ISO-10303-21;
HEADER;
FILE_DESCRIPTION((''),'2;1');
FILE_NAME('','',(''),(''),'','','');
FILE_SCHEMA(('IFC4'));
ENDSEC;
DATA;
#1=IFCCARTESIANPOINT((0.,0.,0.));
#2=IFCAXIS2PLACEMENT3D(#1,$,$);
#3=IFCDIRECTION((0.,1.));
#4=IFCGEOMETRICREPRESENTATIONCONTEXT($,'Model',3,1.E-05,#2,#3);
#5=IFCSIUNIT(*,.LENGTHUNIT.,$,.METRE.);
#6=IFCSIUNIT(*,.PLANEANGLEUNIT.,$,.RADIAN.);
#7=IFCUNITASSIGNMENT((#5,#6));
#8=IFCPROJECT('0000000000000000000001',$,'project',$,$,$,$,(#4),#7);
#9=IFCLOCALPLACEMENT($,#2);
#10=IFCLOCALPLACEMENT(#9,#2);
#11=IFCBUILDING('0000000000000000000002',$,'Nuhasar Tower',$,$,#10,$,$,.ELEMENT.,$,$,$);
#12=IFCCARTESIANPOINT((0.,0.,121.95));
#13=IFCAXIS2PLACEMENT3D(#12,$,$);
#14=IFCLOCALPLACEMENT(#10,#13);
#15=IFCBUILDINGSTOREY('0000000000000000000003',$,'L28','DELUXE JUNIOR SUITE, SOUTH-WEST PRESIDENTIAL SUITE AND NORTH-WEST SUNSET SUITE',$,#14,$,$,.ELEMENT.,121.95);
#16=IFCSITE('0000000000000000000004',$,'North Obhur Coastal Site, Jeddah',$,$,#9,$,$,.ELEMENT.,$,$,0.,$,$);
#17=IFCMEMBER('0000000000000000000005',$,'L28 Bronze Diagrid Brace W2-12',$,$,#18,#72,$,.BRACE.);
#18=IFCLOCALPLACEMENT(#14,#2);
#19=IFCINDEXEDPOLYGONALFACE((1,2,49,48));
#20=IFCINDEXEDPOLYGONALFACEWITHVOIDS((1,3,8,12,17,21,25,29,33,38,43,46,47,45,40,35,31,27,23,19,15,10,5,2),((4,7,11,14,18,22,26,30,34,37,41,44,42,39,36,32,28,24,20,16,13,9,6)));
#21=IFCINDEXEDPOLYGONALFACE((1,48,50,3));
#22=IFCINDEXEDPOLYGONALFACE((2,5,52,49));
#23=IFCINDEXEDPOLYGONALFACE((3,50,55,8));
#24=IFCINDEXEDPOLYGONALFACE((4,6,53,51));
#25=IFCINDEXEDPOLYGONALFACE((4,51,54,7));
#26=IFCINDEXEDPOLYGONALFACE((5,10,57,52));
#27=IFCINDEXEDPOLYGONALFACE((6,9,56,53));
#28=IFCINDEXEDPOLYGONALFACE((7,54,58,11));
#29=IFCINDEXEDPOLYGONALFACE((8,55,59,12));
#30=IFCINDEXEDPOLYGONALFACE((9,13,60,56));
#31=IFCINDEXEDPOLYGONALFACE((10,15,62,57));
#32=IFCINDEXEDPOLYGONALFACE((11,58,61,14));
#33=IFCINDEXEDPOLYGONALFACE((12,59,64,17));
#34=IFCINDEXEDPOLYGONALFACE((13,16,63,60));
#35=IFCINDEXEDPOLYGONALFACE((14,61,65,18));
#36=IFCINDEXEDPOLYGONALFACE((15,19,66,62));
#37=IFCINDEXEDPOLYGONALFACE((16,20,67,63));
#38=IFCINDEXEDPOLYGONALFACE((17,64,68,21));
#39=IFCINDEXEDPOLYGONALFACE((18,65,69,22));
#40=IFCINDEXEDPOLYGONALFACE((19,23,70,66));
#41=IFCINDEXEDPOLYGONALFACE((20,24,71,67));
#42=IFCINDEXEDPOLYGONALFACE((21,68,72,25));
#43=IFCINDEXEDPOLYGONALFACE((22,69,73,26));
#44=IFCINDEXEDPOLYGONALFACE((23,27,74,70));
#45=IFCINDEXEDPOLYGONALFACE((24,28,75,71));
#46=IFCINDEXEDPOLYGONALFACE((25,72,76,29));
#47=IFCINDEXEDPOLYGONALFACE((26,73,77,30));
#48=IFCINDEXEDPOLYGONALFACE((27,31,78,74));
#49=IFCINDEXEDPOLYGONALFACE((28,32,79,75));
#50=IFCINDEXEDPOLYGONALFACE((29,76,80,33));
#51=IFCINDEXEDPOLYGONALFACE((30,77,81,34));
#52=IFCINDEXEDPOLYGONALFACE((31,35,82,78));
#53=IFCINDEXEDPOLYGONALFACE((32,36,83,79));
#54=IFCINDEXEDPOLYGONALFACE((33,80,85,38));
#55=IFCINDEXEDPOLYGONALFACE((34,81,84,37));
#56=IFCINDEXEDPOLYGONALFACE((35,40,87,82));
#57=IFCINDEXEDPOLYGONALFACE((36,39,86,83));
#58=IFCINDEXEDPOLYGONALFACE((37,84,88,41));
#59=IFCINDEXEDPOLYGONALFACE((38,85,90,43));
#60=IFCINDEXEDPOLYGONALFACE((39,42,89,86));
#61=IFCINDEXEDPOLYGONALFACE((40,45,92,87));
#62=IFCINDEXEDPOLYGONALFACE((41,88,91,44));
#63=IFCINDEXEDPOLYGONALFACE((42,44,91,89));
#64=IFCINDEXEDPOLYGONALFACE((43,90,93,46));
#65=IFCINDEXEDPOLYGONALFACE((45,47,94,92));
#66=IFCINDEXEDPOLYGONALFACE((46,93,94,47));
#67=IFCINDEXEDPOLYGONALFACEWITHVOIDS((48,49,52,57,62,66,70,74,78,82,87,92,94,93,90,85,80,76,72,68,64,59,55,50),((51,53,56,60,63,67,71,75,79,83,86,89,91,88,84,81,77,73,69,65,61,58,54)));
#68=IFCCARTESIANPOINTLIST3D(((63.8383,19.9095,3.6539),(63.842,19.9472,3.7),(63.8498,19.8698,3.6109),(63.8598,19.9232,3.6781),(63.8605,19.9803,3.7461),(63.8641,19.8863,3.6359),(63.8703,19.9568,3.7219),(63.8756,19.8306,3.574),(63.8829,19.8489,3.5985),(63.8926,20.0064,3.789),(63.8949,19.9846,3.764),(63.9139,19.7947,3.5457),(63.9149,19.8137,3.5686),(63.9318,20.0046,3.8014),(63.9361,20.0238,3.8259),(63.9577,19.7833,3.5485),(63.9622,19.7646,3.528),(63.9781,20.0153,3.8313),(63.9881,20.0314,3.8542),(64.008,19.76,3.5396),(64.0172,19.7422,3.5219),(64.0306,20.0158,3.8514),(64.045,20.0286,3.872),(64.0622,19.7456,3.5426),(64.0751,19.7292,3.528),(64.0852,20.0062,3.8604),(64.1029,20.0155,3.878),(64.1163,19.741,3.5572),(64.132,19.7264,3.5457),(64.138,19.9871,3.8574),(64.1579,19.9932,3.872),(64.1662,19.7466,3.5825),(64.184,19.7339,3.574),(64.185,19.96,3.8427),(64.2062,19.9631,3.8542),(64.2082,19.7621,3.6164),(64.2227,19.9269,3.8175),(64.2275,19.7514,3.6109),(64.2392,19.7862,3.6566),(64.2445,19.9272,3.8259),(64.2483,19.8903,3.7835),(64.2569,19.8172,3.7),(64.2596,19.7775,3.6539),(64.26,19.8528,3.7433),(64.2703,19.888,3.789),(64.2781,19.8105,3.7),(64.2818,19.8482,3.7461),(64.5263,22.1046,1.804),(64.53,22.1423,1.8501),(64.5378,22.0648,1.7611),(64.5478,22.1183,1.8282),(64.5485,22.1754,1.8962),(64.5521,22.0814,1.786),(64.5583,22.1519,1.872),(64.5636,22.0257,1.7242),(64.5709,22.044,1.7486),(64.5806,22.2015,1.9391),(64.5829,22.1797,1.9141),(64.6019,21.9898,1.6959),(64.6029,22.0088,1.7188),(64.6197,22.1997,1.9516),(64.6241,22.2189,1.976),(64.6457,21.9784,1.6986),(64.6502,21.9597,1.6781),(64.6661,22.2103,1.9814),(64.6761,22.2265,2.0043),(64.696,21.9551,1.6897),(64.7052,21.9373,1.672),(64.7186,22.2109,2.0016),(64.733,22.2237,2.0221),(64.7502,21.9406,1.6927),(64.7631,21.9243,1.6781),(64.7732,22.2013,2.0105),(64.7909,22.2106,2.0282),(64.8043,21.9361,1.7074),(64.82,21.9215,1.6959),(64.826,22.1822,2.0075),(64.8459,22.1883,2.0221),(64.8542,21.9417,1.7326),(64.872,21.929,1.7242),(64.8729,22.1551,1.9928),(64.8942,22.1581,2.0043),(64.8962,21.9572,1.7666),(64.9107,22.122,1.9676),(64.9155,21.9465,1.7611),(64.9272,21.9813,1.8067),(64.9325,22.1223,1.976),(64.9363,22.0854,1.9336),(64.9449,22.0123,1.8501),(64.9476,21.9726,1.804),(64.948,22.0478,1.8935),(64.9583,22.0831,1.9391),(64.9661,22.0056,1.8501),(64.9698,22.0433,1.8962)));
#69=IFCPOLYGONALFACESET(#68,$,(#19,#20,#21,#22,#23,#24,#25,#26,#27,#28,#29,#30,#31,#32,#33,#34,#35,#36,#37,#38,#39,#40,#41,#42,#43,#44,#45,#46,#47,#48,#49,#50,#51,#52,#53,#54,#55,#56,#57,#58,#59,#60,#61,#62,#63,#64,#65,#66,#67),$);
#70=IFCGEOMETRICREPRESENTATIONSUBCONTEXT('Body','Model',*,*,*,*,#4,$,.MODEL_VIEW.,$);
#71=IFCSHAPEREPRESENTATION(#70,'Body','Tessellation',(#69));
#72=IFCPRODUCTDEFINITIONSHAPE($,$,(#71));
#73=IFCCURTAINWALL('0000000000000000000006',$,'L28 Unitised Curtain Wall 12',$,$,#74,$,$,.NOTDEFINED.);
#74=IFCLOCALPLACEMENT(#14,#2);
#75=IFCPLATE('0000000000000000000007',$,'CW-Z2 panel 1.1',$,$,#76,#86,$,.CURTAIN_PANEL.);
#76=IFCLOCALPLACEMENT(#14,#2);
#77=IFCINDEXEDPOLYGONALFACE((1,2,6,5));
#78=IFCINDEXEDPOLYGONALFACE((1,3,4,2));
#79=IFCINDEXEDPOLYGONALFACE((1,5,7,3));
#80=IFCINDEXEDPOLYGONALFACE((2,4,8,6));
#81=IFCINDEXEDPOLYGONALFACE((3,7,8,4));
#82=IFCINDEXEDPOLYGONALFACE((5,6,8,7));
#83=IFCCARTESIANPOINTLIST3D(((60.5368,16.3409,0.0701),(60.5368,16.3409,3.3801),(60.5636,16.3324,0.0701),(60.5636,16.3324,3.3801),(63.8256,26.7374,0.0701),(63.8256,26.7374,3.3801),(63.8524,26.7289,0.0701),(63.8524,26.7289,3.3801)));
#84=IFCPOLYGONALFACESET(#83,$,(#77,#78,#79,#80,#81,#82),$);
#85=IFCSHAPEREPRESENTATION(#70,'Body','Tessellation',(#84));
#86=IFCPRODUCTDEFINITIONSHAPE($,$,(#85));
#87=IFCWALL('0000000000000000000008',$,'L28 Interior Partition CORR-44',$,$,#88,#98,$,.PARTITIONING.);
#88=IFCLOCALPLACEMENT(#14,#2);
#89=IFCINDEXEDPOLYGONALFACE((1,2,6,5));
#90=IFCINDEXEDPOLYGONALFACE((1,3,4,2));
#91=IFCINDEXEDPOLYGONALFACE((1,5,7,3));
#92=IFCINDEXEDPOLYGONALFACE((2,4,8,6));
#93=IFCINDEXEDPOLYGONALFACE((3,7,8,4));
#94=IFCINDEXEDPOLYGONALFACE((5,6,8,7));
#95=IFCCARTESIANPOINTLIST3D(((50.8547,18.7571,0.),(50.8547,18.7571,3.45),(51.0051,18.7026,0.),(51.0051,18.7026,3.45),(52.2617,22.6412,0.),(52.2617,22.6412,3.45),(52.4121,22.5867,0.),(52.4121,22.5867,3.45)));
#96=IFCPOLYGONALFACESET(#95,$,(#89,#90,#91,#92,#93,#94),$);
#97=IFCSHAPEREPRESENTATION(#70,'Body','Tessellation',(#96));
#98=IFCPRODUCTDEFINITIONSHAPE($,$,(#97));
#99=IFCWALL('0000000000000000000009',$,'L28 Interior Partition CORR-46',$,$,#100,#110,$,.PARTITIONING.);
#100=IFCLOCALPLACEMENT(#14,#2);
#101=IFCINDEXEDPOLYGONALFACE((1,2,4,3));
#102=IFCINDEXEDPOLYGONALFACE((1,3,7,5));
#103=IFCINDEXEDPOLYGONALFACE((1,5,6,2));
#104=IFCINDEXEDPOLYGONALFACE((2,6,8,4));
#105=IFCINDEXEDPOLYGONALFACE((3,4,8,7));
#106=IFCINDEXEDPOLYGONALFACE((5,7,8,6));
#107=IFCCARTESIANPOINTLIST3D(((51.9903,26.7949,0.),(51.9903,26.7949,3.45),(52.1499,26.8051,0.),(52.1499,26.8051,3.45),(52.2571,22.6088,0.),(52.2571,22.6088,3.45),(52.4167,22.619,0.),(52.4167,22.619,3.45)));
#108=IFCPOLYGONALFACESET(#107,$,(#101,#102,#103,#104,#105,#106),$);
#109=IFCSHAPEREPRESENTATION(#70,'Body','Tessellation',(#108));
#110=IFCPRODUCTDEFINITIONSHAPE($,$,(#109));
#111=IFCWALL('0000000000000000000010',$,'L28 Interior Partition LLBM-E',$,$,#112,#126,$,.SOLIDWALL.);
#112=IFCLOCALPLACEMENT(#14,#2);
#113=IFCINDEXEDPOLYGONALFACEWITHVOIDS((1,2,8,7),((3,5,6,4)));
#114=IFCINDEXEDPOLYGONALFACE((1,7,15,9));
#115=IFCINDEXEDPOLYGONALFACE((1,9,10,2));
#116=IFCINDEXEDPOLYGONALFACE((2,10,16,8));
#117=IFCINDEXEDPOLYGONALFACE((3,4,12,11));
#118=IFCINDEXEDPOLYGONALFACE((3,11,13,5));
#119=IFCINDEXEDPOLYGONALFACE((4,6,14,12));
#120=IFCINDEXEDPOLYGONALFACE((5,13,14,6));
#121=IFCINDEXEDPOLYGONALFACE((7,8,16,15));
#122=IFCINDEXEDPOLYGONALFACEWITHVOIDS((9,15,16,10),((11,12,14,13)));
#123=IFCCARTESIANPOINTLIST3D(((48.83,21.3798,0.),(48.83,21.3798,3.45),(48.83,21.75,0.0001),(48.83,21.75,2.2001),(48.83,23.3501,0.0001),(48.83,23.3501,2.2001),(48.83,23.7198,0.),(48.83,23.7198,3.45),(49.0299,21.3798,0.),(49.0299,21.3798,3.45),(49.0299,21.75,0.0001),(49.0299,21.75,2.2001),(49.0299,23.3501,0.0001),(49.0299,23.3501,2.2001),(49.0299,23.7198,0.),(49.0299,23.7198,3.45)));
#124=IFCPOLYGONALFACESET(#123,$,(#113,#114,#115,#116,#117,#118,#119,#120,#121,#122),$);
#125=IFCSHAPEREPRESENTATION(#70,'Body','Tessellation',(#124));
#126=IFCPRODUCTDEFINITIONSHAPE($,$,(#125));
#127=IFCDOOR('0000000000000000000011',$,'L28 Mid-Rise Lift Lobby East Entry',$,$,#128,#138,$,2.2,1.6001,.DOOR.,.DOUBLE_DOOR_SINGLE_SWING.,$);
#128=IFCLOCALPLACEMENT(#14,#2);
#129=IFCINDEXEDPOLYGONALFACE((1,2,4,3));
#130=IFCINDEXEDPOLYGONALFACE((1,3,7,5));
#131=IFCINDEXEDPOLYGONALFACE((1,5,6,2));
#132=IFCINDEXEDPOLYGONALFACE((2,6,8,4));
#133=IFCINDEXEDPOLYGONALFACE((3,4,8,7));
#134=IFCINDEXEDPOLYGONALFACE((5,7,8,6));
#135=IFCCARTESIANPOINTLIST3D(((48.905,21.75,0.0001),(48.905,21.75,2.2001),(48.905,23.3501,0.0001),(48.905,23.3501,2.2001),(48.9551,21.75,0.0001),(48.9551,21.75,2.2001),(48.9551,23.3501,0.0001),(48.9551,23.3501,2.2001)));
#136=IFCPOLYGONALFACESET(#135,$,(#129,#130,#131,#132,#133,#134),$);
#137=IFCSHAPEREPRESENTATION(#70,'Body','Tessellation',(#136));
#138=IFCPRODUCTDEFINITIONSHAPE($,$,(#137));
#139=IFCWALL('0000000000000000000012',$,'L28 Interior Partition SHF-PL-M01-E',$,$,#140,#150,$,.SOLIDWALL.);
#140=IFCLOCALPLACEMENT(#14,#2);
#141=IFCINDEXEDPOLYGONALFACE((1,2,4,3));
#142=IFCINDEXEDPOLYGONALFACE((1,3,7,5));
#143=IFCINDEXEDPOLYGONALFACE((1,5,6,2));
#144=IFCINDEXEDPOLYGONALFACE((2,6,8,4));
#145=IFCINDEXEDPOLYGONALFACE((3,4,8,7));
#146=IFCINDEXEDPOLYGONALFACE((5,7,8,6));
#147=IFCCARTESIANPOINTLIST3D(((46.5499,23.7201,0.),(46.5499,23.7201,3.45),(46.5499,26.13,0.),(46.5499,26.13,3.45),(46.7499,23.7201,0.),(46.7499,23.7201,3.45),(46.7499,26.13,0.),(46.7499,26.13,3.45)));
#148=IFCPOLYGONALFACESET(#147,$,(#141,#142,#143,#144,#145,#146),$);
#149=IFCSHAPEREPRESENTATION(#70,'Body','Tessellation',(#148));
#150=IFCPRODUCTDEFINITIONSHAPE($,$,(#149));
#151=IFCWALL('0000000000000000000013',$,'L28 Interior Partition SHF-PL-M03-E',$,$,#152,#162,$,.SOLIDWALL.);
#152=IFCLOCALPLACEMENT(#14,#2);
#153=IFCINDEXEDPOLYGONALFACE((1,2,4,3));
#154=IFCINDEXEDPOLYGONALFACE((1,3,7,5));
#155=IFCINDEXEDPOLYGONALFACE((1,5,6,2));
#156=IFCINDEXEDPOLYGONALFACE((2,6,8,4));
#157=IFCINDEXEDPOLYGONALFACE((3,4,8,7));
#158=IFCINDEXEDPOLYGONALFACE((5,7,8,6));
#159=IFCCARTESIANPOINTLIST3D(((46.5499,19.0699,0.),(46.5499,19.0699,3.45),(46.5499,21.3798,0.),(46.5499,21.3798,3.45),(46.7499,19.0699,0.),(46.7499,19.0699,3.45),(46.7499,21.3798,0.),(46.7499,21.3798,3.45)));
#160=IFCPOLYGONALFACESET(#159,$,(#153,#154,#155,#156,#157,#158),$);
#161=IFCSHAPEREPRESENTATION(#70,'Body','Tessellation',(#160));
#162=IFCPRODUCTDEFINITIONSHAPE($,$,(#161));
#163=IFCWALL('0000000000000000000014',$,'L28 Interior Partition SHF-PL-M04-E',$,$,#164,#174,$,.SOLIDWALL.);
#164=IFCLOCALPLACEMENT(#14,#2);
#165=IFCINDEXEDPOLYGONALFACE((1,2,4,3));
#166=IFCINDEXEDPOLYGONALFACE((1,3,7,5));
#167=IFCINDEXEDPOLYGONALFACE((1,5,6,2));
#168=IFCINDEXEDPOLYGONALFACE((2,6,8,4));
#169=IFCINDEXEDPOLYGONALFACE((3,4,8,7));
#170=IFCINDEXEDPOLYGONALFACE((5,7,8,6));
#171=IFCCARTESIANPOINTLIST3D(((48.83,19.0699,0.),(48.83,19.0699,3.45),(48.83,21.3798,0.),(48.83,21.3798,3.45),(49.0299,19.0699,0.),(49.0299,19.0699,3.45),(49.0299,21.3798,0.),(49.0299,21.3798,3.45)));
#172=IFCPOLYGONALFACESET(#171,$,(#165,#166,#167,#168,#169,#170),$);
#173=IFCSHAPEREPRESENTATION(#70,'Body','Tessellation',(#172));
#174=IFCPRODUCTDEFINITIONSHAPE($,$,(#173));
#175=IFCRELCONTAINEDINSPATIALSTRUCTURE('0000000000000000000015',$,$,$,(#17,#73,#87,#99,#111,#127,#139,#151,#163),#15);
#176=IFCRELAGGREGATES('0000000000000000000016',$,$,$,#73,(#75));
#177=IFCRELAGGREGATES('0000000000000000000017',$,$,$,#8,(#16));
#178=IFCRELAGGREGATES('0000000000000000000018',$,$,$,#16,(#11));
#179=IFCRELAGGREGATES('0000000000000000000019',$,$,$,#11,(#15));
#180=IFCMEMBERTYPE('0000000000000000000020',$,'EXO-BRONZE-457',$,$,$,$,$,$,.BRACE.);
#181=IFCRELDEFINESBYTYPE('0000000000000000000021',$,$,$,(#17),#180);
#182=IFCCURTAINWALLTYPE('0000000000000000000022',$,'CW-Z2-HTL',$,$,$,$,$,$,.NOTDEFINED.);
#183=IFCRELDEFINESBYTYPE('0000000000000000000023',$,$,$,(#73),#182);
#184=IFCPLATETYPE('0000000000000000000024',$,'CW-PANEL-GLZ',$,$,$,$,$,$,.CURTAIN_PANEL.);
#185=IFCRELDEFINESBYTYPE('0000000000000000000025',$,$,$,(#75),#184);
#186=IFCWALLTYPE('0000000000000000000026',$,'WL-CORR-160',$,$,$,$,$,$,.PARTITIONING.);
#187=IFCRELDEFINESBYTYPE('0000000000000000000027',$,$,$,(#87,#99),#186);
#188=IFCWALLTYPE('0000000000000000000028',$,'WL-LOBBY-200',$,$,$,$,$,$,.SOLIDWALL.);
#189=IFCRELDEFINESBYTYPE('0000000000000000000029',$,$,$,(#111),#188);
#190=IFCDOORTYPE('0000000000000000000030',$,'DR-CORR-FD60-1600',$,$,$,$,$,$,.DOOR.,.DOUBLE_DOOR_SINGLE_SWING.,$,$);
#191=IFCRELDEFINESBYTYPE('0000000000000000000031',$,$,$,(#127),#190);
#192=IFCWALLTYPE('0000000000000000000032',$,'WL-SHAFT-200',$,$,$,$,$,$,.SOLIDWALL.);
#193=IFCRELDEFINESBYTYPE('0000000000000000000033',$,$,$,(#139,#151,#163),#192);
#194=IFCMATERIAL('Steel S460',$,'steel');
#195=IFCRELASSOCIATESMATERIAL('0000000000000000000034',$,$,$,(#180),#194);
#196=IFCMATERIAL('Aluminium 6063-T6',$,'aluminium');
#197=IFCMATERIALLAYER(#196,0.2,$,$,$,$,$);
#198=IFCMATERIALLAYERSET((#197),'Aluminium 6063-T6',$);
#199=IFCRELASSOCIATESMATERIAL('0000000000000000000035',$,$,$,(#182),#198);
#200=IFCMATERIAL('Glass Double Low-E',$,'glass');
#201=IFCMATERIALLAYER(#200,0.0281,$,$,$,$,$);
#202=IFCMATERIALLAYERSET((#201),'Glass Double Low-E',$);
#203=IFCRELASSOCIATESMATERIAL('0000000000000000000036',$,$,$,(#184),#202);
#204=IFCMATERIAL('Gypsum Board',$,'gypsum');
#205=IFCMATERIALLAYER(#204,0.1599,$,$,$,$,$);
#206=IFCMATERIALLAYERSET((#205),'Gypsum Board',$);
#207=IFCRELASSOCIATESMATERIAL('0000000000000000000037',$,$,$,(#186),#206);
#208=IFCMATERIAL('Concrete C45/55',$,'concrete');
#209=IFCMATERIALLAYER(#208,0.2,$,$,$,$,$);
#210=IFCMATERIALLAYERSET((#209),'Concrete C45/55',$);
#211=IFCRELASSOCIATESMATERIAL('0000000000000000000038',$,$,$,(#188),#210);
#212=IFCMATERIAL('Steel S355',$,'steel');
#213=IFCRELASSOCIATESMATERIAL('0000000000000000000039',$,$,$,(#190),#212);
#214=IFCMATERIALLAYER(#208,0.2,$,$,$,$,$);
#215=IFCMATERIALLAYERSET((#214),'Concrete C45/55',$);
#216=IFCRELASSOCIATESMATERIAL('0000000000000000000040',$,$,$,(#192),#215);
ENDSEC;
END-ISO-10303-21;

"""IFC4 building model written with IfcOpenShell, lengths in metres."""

from ifc_helpers import new_model, si_unit, direction, frame, frame_2d, origin, origin_2d, place, context, subcontext, project, spatial, rectangle, hollow_circle, extrude, material, layer, layer_set, material_profile, profile_set, type_object, element, fill, aggregate, save


model = new_model("IFC4")

# Units and contexts
model_context = context("Model", 3, precision=1e-05, world=origin(), true_north=direction((0.0, 1.0)))
body_context = subcontext(model_context, "Body", "Model", "MODEL_VIEW")
ifc_project = project(units=[si_unit("LENGTHUNIT", "METRE"), si_unit("PLANEANGLEUNIT", "RADIAN")], contexts=[model_context])

# Site, building, storey
site_placement = place(None, origin())
site = spatial("IfcSite", under=ifc_project, at=site_placement, Name="North Obhur Coastal Site, Jeddah", CompositionType="ELEMENT", RefElevation=0.0)
building_placement = place(site_placement, origin())
building = spatial("IfcBuilding", under=site, at=building_placement, Name="Nuhasar Tower", CompositionType="ELEMENT")
storey_placement = place(building_placement, frame((0.0, 0.0, 121.95)))
storey = spatial("IfcBuildingStorey", under=building, at=storey_placement, Name="L28", Description="DELUXE JUNIOR SUITE, SOUTH-WEST PRESIDENTIAL SUITE AND NORTH-WEST SUNSET SUITE", CompositionType="ELEMENT", Elevation=121.95)

# Shared definitions
ifc_material_1 = material(Name="Steel S355", Category="steel")

# Member
ifc_material_2 = material(Name="Steel S460", Category="steel")
ifc_material_profile_1 = material_profile(ifc_material_2, hollow_circle(Radius=0.2285, WallThickness=0.0222, at=origin_2d()), Name="HSS457X22.2")
ifc_profile_set_1 = profile_set([ifc_material_profile_1], Name="Steel S460")
member_type = type_object("IfcMemberType", Name="EXO-BRONZE-457", PredefinedType="BRACE", material=ifc_profile_set_1)
member_1_placement = place(storey_placement, frame((64.748, 22.074, 1.8501), z_axis=(-0.233068, -0.743616, 0.626669), x_axis=(0.954228, -0.299079, 0.0)))
element("IfcMember", 1, at=member_1_placement, inside=storey, type_object=member_type, Name="L28 Bronze Diagrid Brace W2-12", PredefinedType="BRACE", context=body_context, shape_type="SweptSolid", body=[
    extrude(hollow_circle(Radius=0.2285, WallThickness=0.0222, at=origin_2d()), origin(), (0.0, 0.0, 1.0), 2.9519),
])

# Curtain wall, plate
ifc_material_3 = material(Name="Aluminium 6063-T6", Category="aluminium")
ifc_layer_1 = layer(ifc_material_3, 0.2)
ifc_layer_set_1 = layer_set([ifc_layer_1], Name="Aluminium 6063-T6")
curtain_wall_type = type_object("IfcCurtainWallType", Name="CW-Z2-HTL", PredefinedType="NOTDEFINED", material=ifc_layer_set_1)
curtain_wall_placement = place(storey_placement, origin())
curtain_wall = element("IfcCurtainWall", 2, at=curtain_wall_placement, inside=storey, type_object=curtain_wall_type, Name="L28 Unitised Curtain Wall 12", PredefinedType="NOTDEFINED")
ifc_material_4 = material(Name="Glass Double Low-E", Category="glass")
ifc_layer_2 = layer(ifc_material_4, 0.0281)
ifc_layer_set_2 = layer_set([ifc_layer_2], Name="Glass Double Low-E")
plate_type = type_object("IfcPlateType", Name="CW-PANEL-GLZ", PredefinedType="CURTAIN_PANEL", material=ifc_layer_set_2)
plate_placement = place(storey_placement, frame((62.1946, 21.5349, 0.0701), z_axis=(0.0, 0.0, 1.0), x_axis=(0.301604, 0.953433, 0.0)))
plate = element("IfcPlate", 3, at=plate_placement, type_object=plate_type, Name="CW-Z2 panel 1.1", PredefinedType="CURTAIN_PANEL", context=body_context, shape_type="SweptSolid", body=[
    extrude(rectangle(XDim=10.9043, YDim=0.0281, at=origin_2d()), origin(), (0.0, 0.0, 1.0), 3.3101),
])
aggregate(curtain_wall, [plate])

# Shared definitions
ifc_material_5 = material(Name="Gypsum Board", Category="gypsum")
ifc_layer_3 = layer(ifc_material_5, 0.1599)
ifc_layer_set_3 = layer_set([ifc_layer_3], Name="Gypsum Board")
wall_type_1 = type_object("IfcWallType", Name="WL-CORR-160", PredefinedType="PARTITIONING", material=ifc_layer_set_3)

# Walls
wall_1_placement = place(storey_placement, frame((50.9299, 18.73, 0.0), z_axis=(0.0, 0.0, 1.0), x_axis=(0.34059, 0.940212, 0.0)))
element("IfcWall", 4, at=wall_1_placement, inside=storey, type_object=wall_type_1, Name="L28 Interior Partition CORR-44", PredefinedType="PARTITIONING", context=body_context, shape_type="SweptSolid", body=[
    extrude(rectangle(XDim=4.1311, YDim=0.1599, at=frame_2d((2.0654, 0.0))), origin(), (0.0, 0.0, 1.0), 3.45),
])
wall_2_placement = place(storey_placement, frame((52.3369, 22.614, 0.0), z_axis=(0.0, 0.0, 1.0), x_axis=(-0.063618, 0.997974, 0.0)))
element("IfcWall", 5, at=wall_2_placement, inside=storey, type_object=wall_type_1, Name="L28 Interior Partition CORR-46", PredefinedType="PARTITIONING", context=body_context, shape_type="SweptSolid", body=[
    extrude(rectangle(XDim=4.1946, YDim=0.1599, at=frame_2d((2.0972, 0.0))), origin(), (0.0, 0.0, 1.0), 3.45),
])

# Wall, opening, door
ifc_material_6 = material(Name="Concrete C45/55", Category="concrete")
ifc_layer_4 = layer(ifc_material_6, 0.2)
ifc_layer_set_4 = layer_set([ifc_layer_4], Name="Concrete C45/55")
wall_type_2 = type_object("IfcWallType", Name="WL-LOBBY-200", PredefinedType="SOLIDWALL", material=ifc_layer_set_4)
wall_3_placement = place(storey_placement, frame((48.9299, 21.3799, 0.0), z_axis=(0.0, 0.0, 1.0), x_axis=(0.0, 1.0, 0.0)))
wall_3 = element("IfcWall", 6, at=wall_3_placement, inside=storey, type_object=wall_type_2, Name="L28 Interior Partition LLBM-E", PredefinedType="SOLIDWALL", context=body_context, shape_type="SweptSolid", body=[
    extrude(rectangle(XDim=2.3401, YDim=0.2, at=frame_2d((1.1699, 0.0))), origin(), (0.0, 0.0, 1.0), 3.45),
])
opening_1_placement = place(wall_3_placement, frame((0.3701, 0.0, 0.0)))
opening_1 = element("IfcOpeningElement", 7, at=opening_1_placement, cuts=wall_3, PredefinedType="OPENING", context=body_context, shape_type="SweptSolid", body=[
    extrude(rectangle(XDim=1.6001, YDim=2.2, at=frame_2d((0.8, 1.1001))), frame((0.0, 0.1099, 0.0), z_axis=(0.0, -1.0, 0.0), x_axis=(1.0, 0.0, 0.0)), (0.0, 0.0, 1.0), 0.22),
])
door_type_1 = type_object("IfcDoorType", Name="DR-CORR-FD60-1600", OperationType="DOUBLE_DOOR_SINGLE_SWING", PredefinedType="DOOR", material=ifc_material_1)
door_1_placement = place(opening_1_placement, origin())
door_1 = element("IfcDoor", 8, at=door_1_placement, inside=storey, type_object=door_type_1, Name="L28 Mid-Rise Lift Lobby East Entry", OperationType="DOUBLE_DOOR_SINGLE_SWING", OverallHeight=2.2, OverallWidth=1.6001, PredefinedType="DOOR", context=body_context, shape_type="SweptSolid", body=[
    extrude(rectangle(XDim=1.6001, YDim=2.2, at=frame_2d((0.8, 1.1001))), frame((0.0, 0.0249, 0.0), z_axis=(0.0, -1.0, 0.0), x_axis=(1.0, 0.0, 0.0)), (0.0, 0.0, 1.0), 0.05),
])
fill(opening_1, door_1)

# Wall
ifc_layer_5 = layer(ifc_material_6, 0.2)
ifc_layer_set_5 = layer_set([ifc_layer_5], Name="Concrete C45/55")
wall_type_3 = type_object("IfcWallType", Name="WL-SHAFT-200", PredefinedType="SOLIDWALL", material=ifc_layer_set_5)
wall_4_placement = place(storey_placement, frame((46.6499, 23.72, 0.0), z_axis=(0.0, 0.0, 1.0), x_axis=(0.0, 1.0, 0.0)))
element("IfcWall", 9, at=wall_4_placement, inside=storey, type_object=wall_type_3, Name="L28 Interior Partition SHF-PL-M01-E", PredefinedType="SOLIDWALL", context=body_context, shape_type="SweptSolid", body=[
    extrude(rectangle(XDim=2.4099, YDim=0.2, at=frame_2d((1.2051, 0.0))), origin(), (0.0, 0.0, 1.0), 3.45),
])

# Wall
wall_5_placement = place(storey_placement, frame((46.6499, 19.0701, 0.0), z_axis=(0.0, 0.0, 1.0), x_axis=(0.0, 1.0, 0.0)))
element("IfcWall", 10, at=wall_5_placement, inside=storey, type_object=wall_type_3, Name="L28 Interior Partition SHF-PL-M03-E", PredefinedType="SOLIDWALL", context=body_context, shape_type="SweptSolid", body=[
    extrude(rectangle(XDim=2.3098, YDim=0.2, at=frame_2d((1.1548, 0.0))), origin(), (0.0, 0.0, 1.0), 3.45),
])

# Wall
wall_6_placement = place(storey_placement, frame((48.9299, 19.0701, 0.0), z_axis=(0.0, 0.0, 1.0), x_axis=(0.0, 1.0, 0.0)))
element("IfcWall", 11, at=wall_6_placement, inside=storey, type_object=wall_type_3, Name="L28 Interior Partition SHF-PL-M04-E", PredefinedType="SOLIDWALL", context=body_context, shape_type="SweptSolid", body=[
    extrude(rectangle(XDim=2.3098, YDim=0.2, at=frame_2d((1.1548, 0.0))), origin(), (0.0, 0.0, 1.0), 3.45),
])

save(model, "model.ifc")
